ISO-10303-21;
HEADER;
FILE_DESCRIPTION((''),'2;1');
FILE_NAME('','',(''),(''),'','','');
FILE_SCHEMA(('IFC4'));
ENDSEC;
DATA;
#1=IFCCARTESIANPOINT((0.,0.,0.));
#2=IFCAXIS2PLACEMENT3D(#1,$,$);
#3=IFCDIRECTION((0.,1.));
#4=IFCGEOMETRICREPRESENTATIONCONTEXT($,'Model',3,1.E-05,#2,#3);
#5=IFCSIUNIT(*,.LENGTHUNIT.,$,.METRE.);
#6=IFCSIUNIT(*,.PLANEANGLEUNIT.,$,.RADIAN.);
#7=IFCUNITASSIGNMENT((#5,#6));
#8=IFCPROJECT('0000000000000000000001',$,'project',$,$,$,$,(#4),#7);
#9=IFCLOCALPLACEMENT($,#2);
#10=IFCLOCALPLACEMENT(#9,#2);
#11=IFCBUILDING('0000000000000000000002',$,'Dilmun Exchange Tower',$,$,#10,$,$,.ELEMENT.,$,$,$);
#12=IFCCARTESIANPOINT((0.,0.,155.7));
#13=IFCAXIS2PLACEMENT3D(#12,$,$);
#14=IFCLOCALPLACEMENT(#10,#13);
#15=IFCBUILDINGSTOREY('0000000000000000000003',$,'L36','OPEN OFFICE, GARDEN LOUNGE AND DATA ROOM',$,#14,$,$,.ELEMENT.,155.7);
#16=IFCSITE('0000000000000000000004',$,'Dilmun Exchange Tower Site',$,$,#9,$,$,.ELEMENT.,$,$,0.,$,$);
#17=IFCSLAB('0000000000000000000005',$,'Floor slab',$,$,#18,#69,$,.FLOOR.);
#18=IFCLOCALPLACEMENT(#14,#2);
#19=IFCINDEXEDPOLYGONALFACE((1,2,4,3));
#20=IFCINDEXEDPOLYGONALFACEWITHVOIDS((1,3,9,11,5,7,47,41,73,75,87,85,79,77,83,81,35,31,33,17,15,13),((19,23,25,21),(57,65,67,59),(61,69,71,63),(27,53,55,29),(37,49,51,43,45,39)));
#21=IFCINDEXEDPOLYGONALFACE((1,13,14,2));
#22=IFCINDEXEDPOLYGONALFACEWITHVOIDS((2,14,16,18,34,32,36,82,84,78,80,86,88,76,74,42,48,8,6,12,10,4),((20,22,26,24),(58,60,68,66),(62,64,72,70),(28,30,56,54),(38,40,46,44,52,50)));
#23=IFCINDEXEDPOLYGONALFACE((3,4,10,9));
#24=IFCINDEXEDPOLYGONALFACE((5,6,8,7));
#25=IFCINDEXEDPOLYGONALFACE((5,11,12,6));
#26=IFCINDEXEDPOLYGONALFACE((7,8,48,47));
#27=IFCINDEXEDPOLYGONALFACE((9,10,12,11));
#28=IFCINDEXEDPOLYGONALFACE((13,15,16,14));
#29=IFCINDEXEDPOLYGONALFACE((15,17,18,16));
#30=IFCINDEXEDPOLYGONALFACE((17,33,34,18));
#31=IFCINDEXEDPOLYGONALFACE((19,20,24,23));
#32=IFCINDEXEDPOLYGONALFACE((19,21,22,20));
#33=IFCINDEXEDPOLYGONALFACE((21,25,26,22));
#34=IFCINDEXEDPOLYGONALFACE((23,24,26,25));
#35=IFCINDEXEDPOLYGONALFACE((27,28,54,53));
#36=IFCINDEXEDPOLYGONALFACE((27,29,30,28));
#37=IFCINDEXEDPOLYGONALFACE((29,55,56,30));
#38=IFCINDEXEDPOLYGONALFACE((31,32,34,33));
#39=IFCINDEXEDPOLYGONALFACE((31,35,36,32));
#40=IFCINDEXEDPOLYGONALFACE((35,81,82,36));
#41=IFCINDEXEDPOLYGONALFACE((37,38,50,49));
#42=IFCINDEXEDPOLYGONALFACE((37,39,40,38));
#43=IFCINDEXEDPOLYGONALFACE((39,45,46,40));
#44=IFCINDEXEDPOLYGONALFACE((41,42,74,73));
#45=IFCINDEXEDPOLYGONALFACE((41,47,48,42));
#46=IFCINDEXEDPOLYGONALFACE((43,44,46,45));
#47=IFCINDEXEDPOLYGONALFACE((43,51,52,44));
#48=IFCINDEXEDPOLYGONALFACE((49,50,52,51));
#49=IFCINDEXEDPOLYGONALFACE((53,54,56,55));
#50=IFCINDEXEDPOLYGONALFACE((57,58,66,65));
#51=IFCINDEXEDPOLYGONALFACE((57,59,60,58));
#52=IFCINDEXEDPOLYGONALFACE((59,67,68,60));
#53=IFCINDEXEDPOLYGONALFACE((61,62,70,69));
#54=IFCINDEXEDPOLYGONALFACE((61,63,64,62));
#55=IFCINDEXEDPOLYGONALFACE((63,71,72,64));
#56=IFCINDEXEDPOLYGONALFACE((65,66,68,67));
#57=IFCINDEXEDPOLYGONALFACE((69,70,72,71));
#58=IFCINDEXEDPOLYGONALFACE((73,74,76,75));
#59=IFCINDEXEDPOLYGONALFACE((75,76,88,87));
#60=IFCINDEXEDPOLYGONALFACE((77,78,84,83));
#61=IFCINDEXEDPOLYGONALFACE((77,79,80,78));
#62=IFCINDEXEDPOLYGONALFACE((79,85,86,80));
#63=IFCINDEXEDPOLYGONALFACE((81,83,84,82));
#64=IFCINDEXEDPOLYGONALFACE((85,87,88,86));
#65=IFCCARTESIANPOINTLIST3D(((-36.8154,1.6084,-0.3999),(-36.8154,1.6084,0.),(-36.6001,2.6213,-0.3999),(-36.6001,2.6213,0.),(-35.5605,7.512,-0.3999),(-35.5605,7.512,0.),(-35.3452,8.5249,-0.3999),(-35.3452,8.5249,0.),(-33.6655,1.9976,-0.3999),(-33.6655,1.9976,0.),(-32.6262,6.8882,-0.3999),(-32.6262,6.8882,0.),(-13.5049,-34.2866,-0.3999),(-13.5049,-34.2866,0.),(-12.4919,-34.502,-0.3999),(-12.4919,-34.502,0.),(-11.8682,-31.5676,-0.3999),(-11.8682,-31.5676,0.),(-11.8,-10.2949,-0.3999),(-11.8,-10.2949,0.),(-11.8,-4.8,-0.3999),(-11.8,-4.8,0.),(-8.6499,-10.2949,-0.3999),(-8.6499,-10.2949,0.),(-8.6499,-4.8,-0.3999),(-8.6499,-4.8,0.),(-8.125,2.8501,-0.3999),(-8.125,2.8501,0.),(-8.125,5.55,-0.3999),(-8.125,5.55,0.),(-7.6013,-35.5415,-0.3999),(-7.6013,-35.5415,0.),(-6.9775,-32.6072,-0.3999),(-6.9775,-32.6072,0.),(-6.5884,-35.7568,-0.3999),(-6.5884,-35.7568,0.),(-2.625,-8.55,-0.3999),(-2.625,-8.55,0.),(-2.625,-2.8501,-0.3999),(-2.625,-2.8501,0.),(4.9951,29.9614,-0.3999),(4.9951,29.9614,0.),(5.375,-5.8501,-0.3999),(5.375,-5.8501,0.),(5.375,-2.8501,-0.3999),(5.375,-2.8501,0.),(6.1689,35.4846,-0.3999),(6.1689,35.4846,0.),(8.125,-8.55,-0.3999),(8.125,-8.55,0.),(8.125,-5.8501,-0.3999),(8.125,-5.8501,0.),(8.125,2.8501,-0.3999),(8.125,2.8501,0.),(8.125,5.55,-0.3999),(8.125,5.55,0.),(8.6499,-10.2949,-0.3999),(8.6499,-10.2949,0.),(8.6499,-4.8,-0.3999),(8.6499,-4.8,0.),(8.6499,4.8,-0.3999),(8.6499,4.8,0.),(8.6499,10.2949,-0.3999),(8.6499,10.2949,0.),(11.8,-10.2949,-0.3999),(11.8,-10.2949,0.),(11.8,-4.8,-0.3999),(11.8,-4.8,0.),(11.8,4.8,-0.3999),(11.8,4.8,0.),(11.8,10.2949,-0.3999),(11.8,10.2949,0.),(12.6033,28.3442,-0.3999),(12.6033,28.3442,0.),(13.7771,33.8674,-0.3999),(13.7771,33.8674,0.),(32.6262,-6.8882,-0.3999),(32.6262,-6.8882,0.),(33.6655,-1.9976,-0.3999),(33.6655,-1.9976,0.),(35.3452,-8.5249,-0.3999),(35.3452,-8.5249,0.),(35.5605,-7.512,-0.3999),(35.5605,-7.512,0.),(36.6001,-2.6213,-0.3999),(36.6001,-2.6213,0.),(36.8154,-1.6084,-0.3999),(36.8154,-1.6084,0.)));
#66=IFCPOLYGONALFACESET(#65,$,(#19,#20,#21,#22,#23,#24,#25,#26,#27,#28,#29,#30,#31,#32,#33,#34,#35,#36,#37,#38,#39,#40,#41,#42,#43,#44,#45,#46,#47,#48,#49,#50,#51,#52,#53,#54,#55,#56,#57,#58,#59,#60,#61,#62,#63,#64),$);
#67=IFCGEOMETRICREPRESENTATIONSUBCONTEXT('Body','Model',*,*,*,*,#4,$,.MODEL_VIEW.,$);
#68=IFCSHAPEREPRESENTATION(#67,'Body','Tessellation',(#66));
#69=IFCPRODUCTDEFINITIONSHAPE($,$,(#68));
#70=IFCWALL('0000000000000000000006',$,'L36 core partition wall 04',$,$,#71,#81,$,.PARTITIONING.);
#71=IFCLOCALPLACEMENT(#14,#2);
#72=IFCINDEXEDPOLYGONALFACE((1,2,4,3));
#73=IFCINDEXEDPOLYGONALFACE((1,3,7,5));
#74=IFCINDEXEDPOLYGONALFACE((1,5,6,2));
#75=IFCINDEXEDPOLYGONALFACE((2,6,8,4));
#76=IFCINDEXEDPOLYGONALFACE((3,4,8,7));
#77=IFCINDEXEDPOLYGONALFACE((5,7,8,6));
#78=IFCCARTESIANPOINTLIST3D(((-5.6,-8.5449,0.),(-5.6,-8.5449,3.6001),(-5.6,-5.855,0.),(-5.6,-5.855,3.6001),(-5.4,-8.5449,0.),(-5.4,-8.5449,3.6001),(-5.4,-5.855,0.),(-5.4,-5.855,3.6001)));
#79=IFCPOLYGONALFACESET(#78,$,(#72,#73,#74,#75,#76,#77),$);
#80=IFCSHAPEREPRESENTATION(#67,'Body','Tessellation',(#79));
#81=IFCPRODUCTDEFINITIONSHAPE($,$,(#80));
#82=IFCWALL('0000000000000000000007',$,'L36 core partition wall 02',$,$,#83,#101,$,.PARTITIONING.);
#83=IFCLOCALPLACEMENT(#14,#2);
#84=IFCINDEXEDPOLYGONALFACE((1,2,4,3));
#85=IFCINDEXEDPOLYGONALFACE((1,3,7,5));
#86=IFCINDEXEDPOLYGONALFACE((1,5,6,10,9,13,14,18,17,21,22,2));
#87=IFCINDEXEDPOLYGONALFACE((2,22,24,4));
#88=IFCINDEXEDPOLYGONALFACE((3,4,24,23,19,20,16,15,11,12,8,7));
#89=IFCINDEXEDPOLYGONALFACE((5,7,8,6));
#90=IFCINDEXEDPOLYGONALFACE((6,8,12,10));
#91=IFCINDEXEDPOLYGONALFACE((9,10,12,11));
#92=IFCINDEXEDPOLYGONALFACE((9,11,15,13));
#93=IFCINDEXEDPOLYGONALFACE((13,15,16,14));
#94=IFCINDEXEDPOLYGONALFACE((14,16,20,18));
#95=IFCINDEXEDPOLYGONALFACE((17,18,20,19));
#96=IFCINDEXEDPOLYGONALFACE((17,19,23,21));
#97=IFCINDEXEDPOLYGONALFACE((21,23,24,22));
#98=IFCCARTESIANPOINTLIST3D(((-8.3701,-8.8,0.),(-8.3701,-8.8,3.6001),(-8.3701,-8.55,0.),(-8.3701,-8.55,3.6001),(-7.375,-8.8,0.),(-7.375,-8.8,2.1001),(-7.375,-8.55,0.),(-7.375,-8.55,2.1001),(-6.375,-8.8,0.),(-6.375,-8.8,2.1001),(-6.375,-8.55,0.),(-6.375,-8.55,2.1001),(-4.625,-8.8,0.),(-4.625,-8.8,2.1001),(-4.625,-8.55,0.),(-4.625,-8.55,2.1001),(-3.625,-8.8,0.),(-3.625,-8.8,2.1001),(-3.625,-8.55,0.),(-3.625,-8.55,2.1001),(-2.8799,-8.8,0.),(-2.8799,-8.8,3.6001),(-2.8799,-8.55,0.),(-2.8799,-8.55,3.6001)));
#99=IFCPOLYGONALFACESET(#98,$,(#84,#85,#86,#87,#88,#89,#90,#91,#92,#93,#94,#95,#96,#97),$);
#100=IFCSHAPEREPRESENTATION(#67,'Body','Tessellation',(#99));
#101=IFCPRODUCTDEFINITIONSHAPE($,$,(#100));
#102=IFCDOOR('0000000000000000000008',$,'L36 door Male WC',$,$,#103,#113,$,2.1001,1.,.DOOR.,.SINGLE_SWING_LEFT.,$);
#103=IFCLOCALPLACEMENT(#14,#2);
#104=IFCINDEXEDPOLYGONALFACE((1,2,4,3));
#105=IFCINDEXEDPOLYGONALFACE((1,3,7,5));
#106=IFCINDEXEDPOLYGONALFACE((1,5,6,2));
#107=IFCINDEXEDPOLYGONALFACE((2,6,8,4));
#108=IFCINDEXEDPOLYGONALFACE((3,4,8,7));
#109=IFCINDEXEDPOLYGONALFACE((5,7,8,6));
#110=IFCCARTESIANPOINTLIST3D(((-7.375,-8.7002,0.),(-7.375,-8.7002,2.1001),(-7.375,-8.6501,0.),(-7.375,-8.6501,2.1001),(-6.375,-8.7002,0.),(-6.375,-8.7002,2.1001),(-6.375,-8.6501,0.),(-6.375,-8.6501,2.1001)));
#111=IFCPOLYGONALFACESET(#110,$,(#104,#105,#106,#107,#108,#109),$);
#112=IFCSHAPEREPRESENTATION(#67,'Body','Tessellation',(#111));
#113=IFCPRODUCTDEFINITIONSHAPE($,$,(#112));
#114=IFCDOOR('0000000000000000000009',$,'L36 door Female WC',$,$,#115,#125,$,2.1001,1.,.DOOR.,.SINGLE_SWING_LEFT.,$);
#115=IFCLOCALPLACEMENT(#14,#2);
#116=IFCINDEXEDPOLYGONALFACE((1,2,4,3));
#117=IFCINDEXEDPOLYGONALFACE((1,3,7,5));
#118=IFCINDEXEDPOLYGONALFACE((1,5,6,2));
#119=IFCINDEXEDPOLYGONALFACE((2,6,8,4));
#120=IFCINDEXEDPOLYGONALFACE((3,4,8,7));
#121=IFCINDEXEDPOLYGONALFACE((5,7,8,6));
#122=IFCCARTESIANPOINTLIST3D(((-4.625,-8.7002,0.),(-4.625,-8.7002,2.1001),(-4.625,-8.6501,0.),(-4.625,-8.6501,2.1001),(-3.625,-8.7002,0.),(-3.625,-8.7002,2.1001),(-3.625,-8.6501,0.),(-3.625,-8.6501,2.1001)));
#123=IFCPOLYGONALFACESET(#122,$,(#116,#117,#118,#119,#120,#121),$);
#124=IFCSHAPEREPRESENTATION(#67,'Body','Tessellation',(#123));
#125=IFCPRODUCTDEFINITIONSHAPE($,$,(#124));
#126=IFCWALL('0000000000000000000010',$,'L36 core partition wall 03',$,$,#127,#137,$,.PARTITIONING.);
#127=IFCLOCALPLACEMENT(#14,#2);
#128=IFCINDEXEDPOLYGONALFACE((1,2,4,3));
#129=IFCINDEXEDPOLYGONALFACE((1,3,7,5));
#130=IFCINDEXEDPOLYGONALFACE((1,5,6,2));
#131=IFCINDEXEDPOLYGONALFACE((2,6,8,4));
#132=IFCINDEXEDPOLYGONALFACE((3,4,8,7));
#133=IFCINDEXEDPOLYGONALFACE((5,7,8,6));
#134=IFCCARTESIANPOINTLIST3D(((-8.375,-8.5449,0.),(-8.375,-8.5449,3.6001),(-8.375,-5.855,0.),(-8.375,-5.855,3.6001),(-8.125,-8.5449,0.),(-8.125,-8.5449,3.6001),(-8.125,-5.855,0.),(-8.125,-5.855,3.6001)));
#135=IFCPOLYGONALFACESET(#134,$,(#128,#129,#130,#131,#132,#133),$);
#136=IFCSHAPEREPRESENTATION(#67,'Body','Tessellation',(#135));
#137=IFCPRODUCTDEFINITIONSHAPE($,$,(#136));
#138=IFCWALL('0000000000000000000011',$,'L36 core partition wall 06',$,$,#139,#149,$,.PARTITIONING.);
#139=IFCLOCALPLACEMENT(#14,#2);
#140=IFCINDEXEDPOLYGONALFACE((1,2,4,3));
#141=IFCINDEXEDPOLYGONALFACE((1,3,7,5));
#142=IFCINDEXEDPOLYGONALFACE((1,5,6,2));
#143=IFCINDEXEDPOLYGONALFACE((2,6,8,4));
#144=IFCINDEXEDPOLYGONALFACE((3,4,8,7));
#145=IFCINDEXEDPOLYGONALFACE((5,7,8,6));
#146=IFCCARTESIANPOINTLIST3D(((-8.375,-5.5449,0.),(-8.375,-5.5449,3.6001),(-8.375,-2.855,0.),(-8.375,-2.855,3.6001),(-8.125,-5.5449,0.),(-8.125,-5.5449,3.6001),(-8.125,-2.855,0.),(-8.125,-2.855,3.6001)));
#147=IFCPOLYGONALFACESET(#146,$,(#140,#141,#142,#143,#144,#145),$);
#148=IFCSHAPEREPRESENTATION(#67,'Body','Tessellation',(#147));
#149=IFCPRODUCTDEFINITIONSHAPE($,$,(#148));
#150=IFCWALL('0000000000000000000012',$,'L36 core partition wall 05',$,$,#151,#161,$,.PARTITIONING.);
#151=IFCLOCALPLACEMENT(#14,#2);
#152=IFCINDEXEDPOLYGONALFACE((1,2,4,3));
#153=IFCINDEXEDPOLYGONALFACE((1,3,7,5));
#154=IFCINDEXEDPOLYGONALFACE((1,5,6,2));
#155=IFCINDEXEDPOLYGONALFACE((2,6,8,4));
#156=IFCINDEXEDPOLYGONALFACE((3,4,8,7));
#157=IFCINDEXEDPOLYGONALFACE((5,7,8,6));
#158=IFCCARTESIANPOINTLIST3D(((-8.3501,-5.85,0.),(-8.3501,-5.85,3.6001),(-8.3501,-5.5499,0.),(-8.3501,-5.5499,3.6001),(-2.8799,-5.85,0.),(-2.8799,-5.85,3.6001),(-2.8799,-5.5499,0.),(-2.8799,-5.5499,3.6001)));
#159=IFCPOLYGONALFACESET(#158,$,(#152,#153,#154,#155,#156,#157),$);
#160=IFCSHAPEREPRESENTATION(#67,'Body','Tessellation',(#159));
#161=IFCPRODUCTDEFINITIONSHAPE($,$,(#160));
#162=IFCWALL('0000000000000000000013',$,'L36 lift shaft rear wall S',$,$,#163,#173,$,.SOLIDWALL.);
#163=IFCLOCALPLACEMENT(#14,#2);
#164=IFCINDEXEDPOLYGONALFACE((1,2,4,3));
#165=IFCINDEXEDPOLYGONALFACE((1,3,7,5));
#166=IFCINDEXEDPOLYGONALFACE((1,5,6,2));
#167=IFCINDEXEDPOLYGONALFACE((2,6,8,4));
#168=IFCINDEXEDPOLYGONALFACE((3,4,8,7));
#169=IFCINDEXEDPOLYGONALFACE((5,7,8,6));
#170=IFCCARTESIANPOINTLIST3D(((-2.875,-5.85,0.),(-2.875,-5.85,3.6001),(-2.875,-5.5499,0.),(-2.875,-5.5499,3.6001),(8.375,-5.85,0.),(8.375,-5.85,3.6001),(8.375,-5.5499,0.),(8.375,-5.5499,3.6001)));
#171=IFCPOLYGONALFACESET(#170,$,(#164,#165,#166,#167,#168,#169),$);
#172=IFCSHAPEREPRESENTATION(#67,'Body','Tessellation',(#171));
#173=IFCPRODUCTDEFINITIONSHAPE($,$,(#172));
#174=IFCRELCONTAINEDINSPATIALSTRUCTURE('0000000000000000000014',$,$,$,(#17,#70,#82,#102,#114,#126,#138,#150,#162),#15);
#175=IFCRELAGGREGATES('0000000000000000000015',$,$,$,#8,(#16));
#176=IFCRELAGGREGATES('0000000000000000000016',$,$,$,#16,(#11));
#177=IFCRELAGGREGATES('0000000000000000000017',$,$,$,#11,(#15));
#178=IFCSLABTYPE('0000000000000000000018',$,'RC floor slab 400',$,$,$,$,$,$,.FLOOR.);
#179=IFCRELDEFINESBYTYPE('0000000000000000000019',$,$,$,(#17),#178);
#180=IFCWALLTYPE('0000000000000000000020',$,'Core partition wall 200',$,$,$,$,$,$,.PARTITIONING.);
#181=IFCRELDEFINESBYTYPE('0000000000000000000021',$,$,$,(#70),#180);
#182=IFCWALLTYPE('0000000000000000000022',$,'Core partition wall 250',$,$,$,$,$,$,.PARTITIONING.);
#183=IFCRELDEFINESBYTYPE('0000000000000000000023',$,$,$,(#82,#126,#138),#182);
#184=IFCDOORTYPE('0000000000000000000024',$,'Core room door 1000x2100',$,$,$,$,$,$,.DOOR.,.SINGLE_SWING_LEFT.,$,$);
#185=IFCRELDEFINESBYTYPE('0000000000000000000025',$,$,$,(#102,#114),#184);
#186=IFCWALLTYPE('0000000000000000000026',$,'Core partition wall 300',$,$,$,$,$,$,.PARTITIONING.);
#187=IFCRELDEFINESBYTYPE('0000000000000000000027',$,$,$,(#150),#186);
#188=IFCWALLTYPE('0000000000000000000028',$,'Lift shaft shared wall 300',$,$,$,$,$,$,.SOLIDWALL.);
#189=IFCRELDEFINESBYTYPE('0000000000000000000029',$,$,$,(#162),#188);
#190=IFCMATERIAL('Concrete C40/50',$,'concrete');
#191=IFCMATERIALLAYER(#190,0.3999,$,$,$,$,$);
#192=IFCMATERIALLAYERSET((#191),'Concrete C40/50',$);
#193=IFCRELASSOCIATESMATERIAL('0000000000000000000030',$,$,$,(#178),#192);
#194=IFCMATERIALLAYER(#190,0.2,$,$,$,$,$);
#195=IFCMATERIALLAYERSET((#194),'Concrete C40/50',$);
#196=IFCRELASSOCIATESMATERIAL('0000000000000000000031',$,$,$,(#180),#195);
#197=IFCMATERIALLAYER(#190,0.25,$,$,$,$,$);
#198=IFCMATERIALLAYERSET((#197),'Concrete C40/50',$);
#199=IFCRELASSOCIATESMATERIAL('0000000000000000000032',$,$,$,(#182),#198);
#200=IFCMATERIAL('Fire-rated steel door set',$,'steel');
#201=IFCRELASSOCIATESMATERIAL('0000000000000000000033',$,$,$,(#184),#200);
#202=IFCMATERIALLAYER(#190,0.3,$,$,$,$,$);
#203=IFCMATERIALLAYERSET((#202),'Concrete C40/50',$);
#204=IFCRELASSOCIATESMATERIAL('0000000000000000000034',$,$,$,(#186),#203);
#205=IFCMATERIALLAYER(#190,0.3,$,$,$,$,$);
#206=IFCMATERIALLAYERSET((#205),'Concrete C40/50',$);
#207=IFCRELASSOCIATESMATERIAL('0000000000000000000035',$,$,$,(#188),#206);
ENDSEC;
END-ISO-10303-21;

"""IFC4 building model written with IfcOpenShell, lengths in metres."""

from ifc_helpers import new_model, si_unit, direction, frame, frame_2d, origin, place, context, subcontext, project, spatial, polyline, rectangle, outline, extrude, material, layer, layer_set, type_object, element, fill, save


model = new_model("IFC4")

# Units and contexts
model_context = context("Model", 3, precision=1e-05, world=origin(), true_north=direction((0.0, 1.0)))
body_context = subcontext(model_context, "Body", "Model", "MODEL_VIEW")
ifc_project = project(units=[si_unit("LENGTHUNIT", "METRE"), si_unit("PLANEANGLEUNIT", "RADIAN")], contexts=[model_context])

# Site, building, storey
site_placement = place(None, origin())
site = spatial("IfcSite", under=ifc_project, at=site_placement, Name="Dilmun Exchange Tower Site", CompositionType="ELEMENT", RefElevation=0.0)
building_placement = place(site_placement, origin())
building = spatial("IfcBuilding", under=site, at=building_placement, Name="Dilmun Exchange Tower", CompositionType="ELEMENT")
storey_placement = place(building_placement, frame((0.0, 0.0, 155.7)))
storey = spatial("IfcBuildingStorey", under=building, at=storey_placement, Name="L36", Description="OPEN OFFICE, GARDEN LOUNGE AND DATA ROOM", CompositionType="ELEMENT", Elevation=155.7)

# Slab
ifc_material_1 = material(Name="Concrete C40/50", Category="concrete")
ifc_layer_1 = layer(ifc_material_1, 0.3999)
ifc_layer_set_1 = layer_set([ifc_layer_1], Name="Concrete C40/50")
slab_type = type_object("IfcSlabType", Name="RC floor slab 400", PredefinedType="FLOOR", material=ifc_layer_set_1)
slab_placement = place(storey_placement, frame((0.0, 0.0, -0.3999)))
element("IfcSlab", 1, at=slab_placement, inside=storey, type_object=slab_type, Name="Floor slab", PredefinedType="FLOOR", context=body_context, shape_type="SweptSolid", body=[
    extrude(outline(polyline([(36.6001, -2.6213), (33.6655, -1.9976), (32.6262, -6.8882), (35.5605, -7.512), (35.3452, -8.5249), (-6.5884, -35.7568), (-7.6013, -35.5415), (-6.9775, -32.6072), (-11.8682, -31.5676), (-12.4919, -34.502), (-13.5049, -34.2866), (-36.8154, 1.6084), (-36.6001, 2.6213), (-33.6655, 1.9976), (-32.6262, 6.8882), (-35.5605, 7.512), (-35.3452, 8.5249), (6.1689, 35.4846), (4.9951, 29.9614), (12.6033, 28.3442), (13.7771, 33.8674), (36.8154, -1.6084), (36.6001, -2.6213)]), holes=[polyline([(-8.6499, -4.8), (-11.8, -4.8), (-11.8, -10.2949), (-8.6499, -10.2949), (-8.6499, -4.8)]), polyline([(11.8, -4.8), (8.6499, -4.8), (8.6499, -10.2949), (11.8, -10.2949), (11.8, -4.8)]), polyline([(5.375, -2.8501), (-2.625, -2.8501), (-2.625, -8.55), (8.125, -8.55), (8.125, -5.8501), (5.375, -5.8501), (5.375, -2.8501)]), polyline([(8.125, 2.8501), (8.125, 5.55), (-8.125, 5.55), (-8.125, 2.8501), (8.125, 2.8501)]), polyline([(8.6499, 10.2949), (8.6499, 4.8), (11.8, 4.8), (11.8, 10.2949), (8.6499, 10.2949)])]), origin(), (0.0, 0.0, 1.0), 0.3999),
])

# Wall
ifc_layer_2 = layer(ifc_material_1, 0.2)
ifc_layer_set_2 = layer_set([ifc_layer_2], Name="Concrete C40/50")
wall_type_1 = type_object("IfcWallType", Name="Core partition wall 200", PredefinedType="PARTITIONING", material=ifc_layer_set_2)
wall_1_placement = place(storey_placement, frame((-5.5, -8.5449, 0.0), z_axis=(0.0, 0.0, 1.0), x_axis=(0.0, 1.0, 0.0)))
element("IfcWall", 2, at=wall_1_placement, inside=storey, type_object=wall_type_1, Name="L36 core partition wall 04", PredefinedType="PARTITIONING", context=body_context, shape_type="SweptSolid", body=[
    extrude(rectangle(XDim=2.6899, YDim=0.2, at=frame_2d((1.345, 0.0))), origin(), (0.0, 0.0, 1.0), 3.6001),
])

# Shared definitions
ifc_material_2 = material(Name="Fire-rated steel door set", Category="steel")

# Wall, openings, doors
ifc_layer_3 = layer(ifc_material_1, 0.25)
ifc_layer_set_3 = layer_set([ifc_layer_3], Name="Concrete C40/50")
wall_type_2 = type_object("IfcWallType", Name="Core partition wall 250", PredefinedType="PARTITIONING", material=ifc_layer_set_3)
wall_2_placement = place(storey_placement, frame((-8.3701, -8.675, 0.0), z_axis=(0.0, 0.0, 1.0), x_axis=(1.0, 0.0, 0.0)))
wall_2 = element("IfcWall", 3, at=wall_2_placement, inside=storey, type_object=wall_type_2, Name="L36 core partition wall 02", PredefinedType="PARTITIONING", context=body_context, shape_type="SweptSolid", body=[
    extrude(rectangle(XDim=5.4902, YDim=0.25, at=frame_2d((2.7451, 0.0))), origin(), (0.0, 0.0, 1.0), 3.6001),
])
opening_1_placement = place(wall_2_placement, frame((0.9951, 0.0, 0.0)))
opening_1 = element("IfcOpeningElement", 4, at=opening_1_placement, cuts=wall_2, PredefinedType="OPENING", context=body_context, shape_type="SweptSolid", body=[
    extrude(rectangle(XDim=1.0, YDim=2.1001, at=frame_2d((0.5, 1.05))), frame((0.0, 0.135, 0.0), z_axis=(0.0, -1.0, 0.0), x_axis=(1.0, 0.0, 0.0)), (0.0, 0.0, 1.0), 0.27),
])
opening_2_placement = place(wall_2_placement, frame((3.7451, 0.0, 0.0)))
opening_2 = element("IfcOpeningElement", 5, at=opening_2_placement, cuts=wall_2, PredefinedType="OPENING", context=body_context, shape_type="SweptSolid", body=[
    extrude(rectangle(XDim=1.0, YDim=2.1001, at=frame_2d((0.5, 1.05))), frame((0.0, 0.135, 0.0), z_axis=(0.0, -1.0, 0.0), x_axis=(1.0, 0.0, 0.0)), (0.0, 0.0, 1.0), 0.27),
])
door_type_1 = type_object("IfcDoorType", Name="Core room door 1000x2100", OperationType="SINGLE_SWING_LEFT", PredefinedType="DOOR", material=ifc_material_2)
door_1_placement = place(opening_1_placement, origin())
door_1 = element("IfcDoor", 6, at=door_1_placement, inside=storey, type_object=door_type_1, Name="L36 door Male WC", OperationType="SINGLE_SWING_LEFT", OverallHeight=2.1001, OverallWidth=1.0, PredefinedType="DOOR", context=body_context, shape_type="SweptSolid", body=[
    extrude(rectangle(XDim=1.0, YDim=2.1001, at=frame_2d((0.5, 1.05))), frame((0.0, 0.0249, 0.0), z_axis=(0.0, -1.0, 0.0), x_axis=(1.0, 0.0, 0.0)), (0.0, 0.0, 1.0), 0.05),
])
fill(opening_1, door_1)
door_2_placement = place(opening_2_placement, origin())
door_2 = element("IfcDoor", 7, at=door_2_placement, inside=storey, type_object=door_type_1, Name="L36 door Female WC", OperationType="SINGLE_SWING_LEFT", OverallHeight=2.1001, OverallWidth=1.0, PredefinedType="DOOR", context=body_context, shape_type="SweptSolid", body=[
    extrude(rectangle(XDim=1.0, YDim=2.1001, at=frame_2d((0.5, 1.05))), frame((0.0, 0.0249, 0.0), z_axis=(0.0, -1.0, 0.0), x_axis=(1.0, 0.0, 0.0)), (0.0, 0.0, 1.0), 0.05),
])
fill(opening_2, door_2)

# Walls
for number, where, z_axis, x_axis, name in (
    (8, (-8.25, -8.5449, 0.0), (0.0, 0.0, 1.0), (0.0, 1.0, 0.0), "L36 core partition wall 03"),
    (9, (-8.25, -5.5449, 0.0), (0.0, 0.0, 1.0), (0.0, 1.0, 0.0), "L36 core partition wall 06"),
):
    element("IfcWall", number, at=place(storey_placement, frame(where, z_axis=z_axis, x_axis=x_axis)), inside=storey, type_object=wall_type_2, Name=name, PredefinedType="PARTITIONING", context=body_context, shape_type="SweptSolid", body=[
        extrude(rectangle(XDim=2.6899, YDim=0.25, at=frame_2d((1.345, 0.0))), origin(), (0.0, 0.0, 1.0), 3.6001),
    ])
ifc_layer_4 = layer(ifc_material_1, 0.3)
ifc_layer_set_4 = layer_set([ifc_layer_4], Name="Concrete C40/50")
wall_type_3 = type_object("IfcWallType", Name="Core partition wall 300", PredefinedType="PARTITIONING", material=ifc_layer_set_4)
wall_3_placement = place(storey_placement, frame((-8.3501, -5.7, 0.0), z_axis=(0.0, 0.0, 1.0), x_axis=(1.0, 0.0, 0.0)))
element("IfcWall", 10, at=wall_3_placement, inside=storey, type_object=wall_type_3, Name="L36 core partition wall 05", PredefinedType="PARTITIONING", context=body_context, shape_type="SweptSolid", body=[
    extrude(rectangle(XDim=5.4702, YDim=0.3, at=frame_2d((2.7351, 0.0))), origin(), (0.0, 0.0, 1.0), 3.6001),
])
ifc_layer_5 = layer(ifc_material_1, 0.3)
ifc_layer_set_5 = layer_set([ifc_layer_5], Name="Concrete C40/50")
wall_type_4 = type_object("IfcWallType", Name="Lift shaft shared wall 300", PredefinedType="SOLIDWALL", material=ifc_layer_set_5)
wall_4_placement = place(storey_placement, frame((-2.875, -5.7, 0.0), z_axis=(0.0, 0.0, 1.0), x_axis=(1.0, 0.0, 0.0)))
element("IfcWall", 11, at=wall_4_placement, inside=storey, type_object=wall_type_4, Name="L36 lift shaft rear wall S", PredefinedType="SOLIDWALL", context=body_context, shape_type="SweptSolid", body=[
    extrude(rectangle(XDim=11.25, YDim=0.3, at=frame_2d((5.625, 0.0))), origin(), (0.0, 0.0, 1.0), 3.6001),
])

save(model, "model.ifc")
